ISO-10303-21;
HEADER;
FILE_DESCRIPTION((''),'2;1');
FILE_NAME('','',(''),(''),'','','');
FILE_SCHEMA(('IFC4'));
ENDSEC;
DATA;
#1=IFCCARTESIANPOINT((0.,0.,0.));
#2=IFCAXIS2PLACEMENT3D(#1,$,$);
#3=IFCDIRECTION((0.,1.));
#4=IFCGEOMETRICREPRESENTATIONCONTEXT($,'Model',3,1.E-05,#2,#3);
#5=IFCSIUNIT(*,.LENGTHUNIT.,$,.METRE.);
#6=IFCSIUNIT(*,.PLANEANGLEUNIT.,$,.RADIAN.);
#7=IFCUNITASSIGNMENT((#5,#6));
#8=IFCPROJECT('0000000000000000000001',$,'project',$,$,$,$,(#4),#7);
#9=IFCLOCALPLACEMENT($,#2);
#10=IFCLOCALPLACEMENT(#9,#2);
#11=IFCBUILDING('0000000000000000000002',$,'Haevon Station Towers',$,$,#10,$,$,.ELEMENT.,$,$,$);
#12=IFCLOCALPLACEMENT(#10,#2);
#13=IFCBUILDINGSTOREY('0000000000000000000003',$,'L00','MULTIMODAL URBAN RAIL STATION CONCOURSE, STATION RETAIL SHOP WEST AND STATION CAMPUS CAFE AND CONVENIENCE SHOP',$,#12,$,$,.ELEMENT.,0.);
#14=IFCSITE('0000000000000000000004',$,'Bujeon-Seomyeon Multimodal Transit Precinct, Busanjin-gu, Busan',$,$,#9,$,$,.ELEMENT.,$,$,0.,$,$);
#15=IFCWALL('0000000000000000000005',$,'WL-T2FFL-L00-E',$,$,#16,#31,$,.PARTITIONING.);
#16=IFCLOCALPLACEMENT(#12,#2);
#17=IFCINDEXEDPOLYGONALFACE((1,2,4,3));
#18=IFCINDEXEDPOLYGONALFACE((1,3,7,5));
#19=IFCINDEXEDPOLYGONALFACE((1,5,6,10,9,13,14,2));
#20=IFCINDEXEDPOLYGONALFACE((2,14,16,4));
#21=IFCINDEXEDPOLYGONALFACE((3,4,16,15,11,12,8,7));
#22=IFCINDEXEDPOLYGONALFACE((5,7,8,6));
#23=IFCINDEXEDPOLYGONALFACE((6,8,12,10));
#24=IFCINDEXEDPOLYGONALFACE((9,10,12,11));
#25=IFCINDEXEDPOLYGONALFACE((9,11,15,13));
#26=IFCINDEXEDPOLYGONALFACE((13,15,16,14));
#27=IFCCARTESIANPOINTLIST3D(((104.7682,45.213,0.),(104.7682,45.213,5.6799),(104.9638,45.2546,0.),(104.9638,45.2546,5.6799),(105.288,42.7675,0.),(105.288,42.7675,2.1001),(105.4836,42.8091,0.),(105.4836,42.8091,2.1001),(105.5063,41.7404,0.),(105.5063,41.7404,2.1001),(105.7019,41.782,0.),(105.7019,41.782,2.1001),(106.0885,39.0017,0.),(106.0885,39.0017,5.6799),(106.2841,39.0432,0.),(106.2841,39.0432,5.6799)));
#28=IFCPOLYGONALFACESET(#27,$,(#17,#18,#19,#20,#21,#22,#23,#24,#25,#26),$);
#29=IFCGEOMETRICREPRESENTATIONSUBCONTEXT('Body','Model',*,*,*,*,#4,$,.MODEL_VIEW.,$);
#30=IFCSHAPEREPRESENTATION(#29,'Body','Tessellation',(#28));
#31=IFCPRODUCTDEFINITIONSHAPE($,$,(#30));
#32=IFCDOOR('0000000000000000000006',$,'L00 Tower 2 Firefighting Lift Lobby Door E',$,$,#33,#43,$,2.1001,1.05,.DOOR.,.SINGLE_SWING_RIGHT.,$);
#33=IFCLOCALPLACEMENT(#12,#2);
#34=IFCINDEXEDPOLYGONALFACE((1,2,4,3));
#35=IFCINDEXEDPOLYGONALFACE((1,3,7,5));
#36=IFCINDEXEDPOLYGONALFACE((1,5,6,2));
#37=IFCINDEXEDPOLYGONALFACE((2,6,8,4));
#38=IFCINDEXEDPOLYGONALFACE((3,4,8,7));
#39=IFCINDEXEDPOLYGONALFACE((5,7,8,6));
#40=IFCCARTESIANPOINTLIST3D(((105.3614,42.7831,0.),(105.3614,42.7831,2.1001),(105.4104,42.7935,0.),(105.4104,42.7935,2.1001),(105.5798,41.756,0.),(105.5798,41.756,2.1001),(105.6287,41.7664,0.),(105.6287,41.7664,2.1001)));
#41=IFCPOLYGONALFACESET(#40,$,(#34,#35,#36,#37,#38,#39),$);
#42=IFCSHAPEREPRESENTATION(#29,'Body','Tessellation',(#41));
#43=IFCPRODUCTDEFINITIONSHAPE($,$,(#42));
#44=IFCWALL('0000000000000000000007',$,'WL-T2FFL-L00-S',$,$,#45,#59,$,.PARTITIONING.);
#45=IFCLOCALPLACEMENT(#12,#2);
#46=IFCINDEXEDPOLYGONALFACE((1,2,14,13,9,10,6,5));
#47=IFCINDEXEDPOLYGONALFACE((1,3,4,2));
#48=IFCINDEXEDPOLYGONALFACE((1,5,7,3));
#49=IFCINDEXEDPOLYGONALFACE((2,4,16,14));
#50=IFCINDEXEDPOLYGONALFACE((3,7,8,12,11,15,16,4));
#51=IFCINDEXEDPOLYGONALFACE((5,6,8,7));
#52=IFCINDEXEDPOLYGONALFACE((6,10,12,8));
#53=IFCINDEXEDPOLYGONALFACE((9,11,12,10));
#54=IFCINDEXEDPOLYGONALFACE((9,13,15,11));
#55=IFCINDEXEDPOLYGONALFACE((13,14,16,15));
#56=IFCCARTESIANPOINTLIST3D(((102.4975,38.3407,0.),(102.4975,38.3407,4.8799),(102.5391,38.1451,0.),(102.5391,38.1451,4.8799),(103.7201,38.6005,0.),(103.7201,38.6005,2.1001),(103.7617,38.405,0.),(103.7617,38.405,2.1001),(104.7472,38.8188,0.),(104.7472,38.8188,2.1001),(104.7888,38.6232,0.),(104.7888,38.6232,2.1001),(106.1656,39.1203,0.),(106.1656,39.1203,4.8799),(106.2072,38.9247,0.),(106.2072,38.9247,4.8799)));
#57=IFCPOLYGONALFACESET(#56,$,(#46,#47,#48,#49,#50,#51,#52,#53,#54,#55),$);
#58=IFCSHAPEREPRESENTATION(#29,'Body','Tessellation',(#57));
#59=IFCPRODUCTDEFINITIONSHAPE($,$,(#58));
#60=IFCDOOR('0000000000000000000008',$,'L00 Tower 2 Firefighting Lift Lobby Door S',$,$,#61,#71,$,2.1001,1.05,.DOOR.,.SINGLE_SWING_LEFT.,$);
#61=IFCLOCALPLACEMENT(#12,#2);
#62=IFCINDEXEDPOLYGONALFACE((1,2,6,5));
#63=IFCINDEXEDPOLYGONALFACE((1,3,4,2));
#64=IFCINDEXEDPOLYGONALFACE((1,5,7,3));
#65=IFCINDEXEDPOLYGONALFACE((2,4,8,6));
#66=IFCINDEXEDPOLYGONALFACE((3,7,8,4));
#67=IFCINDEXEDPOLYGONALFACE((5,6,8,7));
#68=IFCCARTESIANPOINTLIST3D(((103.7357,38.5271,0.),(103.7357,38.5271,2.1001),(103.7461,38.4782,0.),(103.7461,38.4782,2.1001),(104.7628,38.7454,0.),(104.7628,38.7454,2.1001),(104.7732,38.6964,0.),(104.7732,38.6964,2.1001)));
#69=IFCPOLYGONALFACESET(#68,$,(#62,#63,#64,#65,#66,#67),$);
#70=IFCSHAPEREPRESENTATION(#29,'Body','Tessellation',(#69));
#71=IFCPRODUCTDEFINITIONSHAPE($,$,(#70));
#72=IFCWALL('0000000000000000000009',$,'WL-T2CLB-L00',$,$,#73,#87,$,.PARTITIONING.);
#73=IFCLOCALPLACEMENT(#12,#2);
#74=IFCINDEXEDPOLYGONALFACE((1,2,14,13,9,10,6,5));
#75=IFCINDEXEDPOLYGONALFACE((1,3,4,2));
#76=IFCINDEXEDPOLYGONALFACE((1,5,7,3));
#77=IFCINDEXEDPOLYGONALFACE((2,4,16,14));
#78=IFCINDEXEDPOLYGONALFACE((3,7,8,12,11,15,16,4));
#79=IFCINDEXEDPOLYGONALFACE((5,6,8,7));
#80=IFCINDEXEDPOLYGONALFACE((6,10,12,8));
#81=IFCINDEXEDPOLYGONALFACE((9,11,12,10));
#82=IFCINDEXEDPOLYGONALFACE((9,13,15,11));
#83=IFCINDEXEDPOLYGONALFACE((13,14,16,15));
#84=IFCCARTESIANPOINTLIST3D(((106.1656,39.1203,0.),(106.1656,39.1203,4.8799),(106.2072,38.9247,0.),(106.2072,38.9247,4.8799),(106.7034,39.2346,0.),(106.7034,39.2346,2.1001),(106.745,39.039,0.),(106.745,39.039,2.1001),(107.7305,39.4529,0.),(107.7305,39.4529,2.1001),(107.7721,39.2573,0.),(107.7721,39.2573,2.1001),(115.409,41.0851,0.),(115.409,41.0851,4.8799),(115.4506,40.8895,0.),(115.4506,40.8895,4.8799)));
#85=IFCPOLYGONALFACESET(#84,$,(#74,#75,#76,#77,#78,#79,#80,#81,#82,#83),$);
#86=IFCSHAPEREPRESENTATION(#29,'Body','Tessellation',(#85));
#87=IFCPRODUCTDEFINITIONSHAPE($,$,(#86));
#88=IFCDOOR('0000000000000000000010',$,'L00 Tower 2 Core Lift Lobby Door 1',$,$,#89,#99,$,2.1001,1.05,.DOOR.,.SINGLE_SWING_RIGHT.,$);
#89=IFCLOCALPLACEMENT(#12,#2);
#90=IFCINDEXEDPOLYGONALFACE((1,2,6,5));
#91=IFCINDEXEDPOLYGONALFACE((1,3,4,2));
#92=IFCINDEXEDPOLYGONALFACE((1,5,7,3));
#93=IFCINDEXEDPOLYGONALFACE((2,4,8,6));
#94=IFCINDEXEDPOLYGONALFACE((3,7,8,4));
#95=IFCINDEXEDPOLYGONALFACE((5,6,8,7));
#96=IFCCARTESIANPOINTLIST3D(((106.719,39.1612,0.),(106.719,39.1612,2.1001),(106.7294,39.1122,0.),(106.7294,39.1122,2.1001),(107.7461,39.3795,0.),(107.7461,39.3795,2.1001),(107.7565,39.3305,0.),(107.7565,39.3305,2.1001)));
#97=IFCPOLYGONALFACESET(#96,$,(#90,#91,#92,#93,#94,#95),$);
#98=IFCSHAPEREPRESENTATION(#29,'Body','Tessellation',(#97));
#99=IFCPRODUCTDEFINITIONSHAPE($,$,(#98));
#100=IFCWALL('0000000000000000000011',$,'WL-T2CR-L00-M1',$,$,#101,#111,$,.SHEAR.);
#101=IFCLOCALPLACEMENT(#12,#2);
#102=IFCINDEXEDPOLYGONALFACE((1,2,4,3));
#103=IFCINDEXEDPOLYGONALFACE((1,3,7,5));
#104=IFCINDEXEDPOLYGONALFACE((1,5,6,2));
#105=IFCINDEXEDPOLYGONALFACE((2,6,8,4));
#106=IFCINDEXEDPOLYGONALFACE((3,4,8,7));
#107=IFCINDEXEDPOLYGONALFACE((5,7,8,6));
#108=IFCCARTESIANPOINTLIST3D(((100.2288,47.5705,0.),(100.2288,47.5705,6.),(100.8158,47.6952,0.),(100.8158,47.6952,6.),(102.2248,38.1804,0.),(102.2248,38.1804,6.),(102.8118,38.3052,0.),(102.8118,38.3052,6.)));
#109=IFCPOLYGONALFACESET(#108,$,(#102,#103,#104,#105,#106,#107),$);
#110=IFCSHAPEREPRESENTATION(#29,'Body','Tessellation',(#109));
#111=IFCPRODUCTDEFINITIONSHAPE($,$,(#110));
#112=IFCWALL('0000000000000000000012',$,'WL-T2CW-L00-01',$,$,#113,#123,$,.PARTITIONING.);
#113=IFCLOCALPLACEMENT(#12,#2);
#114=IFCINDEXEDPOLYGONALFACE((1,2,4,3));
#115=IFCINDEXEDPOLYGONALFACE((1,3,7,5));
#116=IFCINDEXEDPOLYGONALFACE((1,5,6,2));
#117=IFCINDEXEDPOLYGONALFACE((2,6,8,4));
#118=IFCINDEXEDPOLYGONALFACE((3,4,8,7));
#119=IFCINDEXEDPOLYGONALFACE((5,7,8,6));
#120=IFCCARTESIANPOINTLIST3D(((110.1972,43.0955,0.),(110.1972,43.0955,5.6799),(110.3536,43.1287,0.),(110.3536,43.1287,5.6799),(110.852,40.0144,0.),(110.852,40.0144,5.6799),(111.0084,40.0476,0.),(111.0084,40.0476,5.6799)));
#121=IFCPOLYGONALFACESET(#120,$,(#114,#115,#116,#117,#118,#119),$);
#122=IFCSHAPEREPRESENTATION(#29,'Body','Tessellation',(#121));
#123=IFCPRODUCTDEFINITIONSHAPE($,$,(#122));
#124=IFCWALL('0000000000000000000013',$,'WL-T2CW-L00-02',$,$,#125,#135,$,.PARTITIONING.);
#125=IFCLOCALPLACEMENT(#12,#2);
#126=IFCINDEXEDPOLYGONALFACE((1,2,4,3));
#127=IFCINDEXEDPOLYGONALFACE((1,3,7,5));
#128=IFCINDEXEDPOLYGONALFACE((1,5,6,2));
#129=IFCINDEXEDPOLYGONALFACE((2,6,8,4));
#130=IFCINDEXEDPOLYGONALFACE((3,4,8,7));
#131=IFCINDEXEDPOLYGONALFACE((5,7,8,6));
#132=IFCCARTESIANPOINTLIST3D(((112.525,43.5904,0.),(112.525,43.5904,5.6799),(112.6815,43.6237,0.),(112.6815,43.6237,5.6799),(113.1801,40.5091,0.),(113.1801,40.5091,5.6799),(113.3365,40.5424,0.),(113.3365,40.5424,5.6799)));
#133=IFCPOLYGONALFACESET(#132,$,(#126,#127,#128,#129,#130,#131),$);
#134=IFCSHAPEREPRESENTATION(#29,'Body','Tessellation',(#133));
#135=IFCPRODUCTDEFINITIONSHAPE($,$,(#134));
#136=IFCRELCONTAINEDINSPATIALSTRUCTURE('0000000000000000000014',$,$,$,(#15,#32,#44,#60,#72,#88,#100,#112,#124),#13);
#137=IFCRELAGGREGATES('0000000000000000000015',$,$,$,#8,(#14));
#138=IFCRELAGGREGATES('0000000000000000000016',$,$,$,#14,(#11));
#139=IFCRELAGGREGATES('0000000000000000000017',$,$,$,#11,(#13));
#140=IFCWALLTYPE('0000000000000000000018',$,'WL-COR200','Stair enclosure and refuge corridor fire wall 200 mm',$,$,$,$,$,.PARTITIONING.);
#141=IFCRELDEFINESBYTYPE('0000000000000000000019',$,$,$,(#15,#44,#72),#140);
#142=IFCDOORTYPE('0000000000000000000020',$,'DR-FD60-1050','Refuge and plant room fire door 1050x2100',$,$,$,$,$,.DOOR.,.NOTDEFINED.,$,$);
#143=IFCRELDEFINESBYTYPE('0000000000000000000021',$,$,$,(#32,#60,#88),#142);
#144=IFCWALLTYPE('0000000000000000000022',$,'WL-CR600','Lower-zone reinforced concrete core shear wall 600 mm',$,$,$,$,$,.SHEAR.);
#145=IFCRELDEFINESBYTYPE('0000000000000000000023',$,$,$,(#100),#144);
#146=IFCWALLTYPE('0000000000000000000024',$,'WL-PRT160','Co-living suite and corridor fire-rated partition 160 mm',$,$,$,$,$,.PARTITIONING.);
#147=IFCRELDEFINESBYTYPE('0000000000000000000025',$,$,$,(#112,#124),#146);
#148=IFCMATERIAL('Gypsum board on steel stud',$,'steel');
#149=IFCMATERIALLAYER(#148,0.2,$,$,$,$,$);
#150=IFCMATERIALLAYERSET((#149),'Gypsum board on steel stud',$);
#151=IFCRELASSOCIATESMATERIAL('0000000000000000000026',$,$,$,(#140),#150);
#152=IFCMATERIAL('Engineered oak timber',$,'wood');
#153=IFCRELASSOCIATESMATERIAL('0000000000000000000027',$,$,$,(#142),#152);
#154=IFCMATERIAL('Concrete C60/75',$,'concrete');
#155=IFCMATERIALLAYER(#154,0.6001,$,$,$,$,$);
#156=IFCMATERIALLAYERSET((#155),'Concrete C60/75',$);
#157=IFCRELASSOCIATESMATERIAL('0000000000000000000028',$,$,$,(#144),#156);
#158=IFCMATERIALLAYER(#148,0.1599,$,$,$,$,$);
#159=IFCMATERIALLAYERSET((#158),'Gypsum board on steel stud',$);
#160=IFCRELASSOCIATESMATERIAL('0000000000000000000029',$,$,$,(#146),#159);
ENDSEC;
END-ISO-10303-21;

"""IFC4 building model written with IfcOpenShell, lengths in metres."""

from ifc_helpers import new_model, si_unit, direction, frame, frame_2d, origin, place, context, subcontext, project, spatial, rectangle, extrude, material, layer, layer_set, type_object, element, fill, save


model = new_model("IFC4")

# Units and contexts
model_context = context("Model", 3, precision=1e-05, world=origin(), true_north=direction((0.0, 1.0)))
body_context = subcontext(model_context, "Body", "Model", "MODEL_VIEW")
ifc_project = project(units=[si_unit("LENGTHUNIT", "METRE"), si_unit("PLANEANGLEUNIT", "RADIAN")], contexts=[model_context])

# Site, building, storey
site_placement = place(None, origin())
site = spatial("IfcSite", under=ifc_project, at=site_placement, Name="Bujeon-Seomyeon Multimodal Transit Precinct, Busanjin-gu, Busan", CompositionType="ELEMENT", RefElevation=0.0)
building_placement = place(site_placement, origin())
building = spatial("IfcBuilding", under=site, at=building_placement, Name="Haevon Station Towers", CompositionType="ELEMENT")
storey_placement = place(building_placement, origin())
storey = spatial("IfcBuildingStorey", under=building, at=storey_placement, Name="L00", Description="MULTIMODAL URBAN RAIL STATION CONCOURSE, STATION RETAIL SHOP WEST AND STATION CAMPUS CAFE AND CONVENIENCE SHOP", CompositionType="ELEMENT", Elevation=0.0)

# Walls, openings, doors
ifc_material_1 = material(Name="Gypsum board on steel stud", Category="steel")
ifc_layer_1 = layer(ifc_material_1, 0.2)
ifc_layer_set_1 = layer_set([ifc_layer_1], Name="Gypsum board on steel stud")
wall_type_1 = type_object("IfcWallType", Name="WL-COR200", Description="Stair enclosure and refuge corridor fire wall 200 mm", PredefinedType="PARTITIONING", material=ifc_layer_set_1)
ifc_material_2 = material(Name="Engineered oak timber", Category="wood")
wall_1_placement = place(storey_placement, frame((106.1863, 39.0225, 0.0), z_axis=(0.0, 0.0, 1.0), x_axis=(-0.207917, 0.978147, 0.0)))
wall_1 = element("IfcWall", 1, at=wall_1_placement, inside=storey, type_object=wall_type_1, Name="WL-T2FFL-L00-E", PredefinedType="PARTITIONING", context=body_context, shape_type="SweptSolid", body=[
    extrude(rectangle(XDim=6.3501, YDim=0.2, at=frame_2d((3.175, 0.0))), origin(), (0.0, 0.0, 1.0), 5.6799),
])
opening_1_placement = place(wall_1_placement, frame((2.8, 0.0, 0.0)))
opening_1 = element("IfcOpeningElement", 2, at=opening_1_placement, cuts=wall_1, PredefinedType="OPENING", context=body_context, shape_type="SweptSolid", body=[
    extrude(rectangle(XDim=1.05, YDim=2.1001, at=frame_2d((0.5249, 1.05))), frame((0.0, 0.1099, 0.0), z_axis=(0.0, -1.0, 0.0), x_axis=(1.0, 0.0, 0.0)), (0.0, 0.0, 1.0), 0.22),
])
door_type_1 = type_object("IfcDoorType", Name="DR-FD60-1050", Description="Refuge and plant room fire door 1050x2100", OperationType="NOTDEFINED", PredefinedType="DOOR", material=ifc_material_2)
door_1_placement = place(opening_1_placement, origin())
door_1 = element("IfcDoor", 3, at=door_1_placement, inside=storey, type_object=door_type_1, Name="L00 Tower 2 Firefighting Lift Lobby Door E", OperationType="SINGLE_SWING_RIGHT", OverallHeight=2.1001, OverallWidth=1.05, PredefinedType="DOOR", context=body_context, shape_type="SweptSolid", body=[
    extrude(rectangle(XDim=1.05, YDim=2.1001, at=frame_2d((0.5249, 1.05))), frame((0.0, 0.0249, 0.0), z_axis=(0.0, -1.0, 0.0), x_axis=(1.0, 0.0, 0.0)), (0.0, 0.0, 1.0), 0.05),
])
fill(opening_1, door_1)
wall_2_placement = place(storey_placement, frame((102.5183, 38.2429, 0.0), z_axis=(0.0, 0.0, 1.0), x_axis=(0.978154, 0.207884, 0.0)))
wall_2 = element("IfcWall", 4, at=wall_2_placement, inside=storey, type_object=wall_type_1, Name="WL-T2FFL-L00-S", PredefinedType="PARTITIONING", context=body_context, shape_type="SweptSolid", body=[
    extrude(rectangle(XDim=3.75, YDim=0.2, at=frame_2d((1.875, 0.0))), origin(), (0.0, 0.0, 1.0), 4.8799),
])
opening_2_placement = place(wall_2_placement, frame((1.25, 0.0, 0.0)))
opening_2 = element("IfcOpeningElement", 5, at=opening_2_placement, cuts=wall_2, PredefinedType="OPENING", context=body_context, shape_type="SweptSolid", body=[
    extrude(rectangle(XDim=1.05, YDim=2.1001, at=frame_2d((0.5249, 1.05))), frame((0.0, 0.1099, 0.0), z_axis=(0.0, -1.0, 0.0), x_axis=(1.0, 0.0, 0.0)), (0.0, 0.0, 1.0), 0.22),
])
door_2_placement = place(opening_2_placement, origin())
door_2 = element("IfcDoor", 6, at=door_2_placement, inside=storey, type_object=door_type_1, Name="L00 Tower 2 Firefighting Lift Lobby Door S", OperationType="SINGLE_SWING_LEFT", OverallHeight=2.1001, OverallWidth=1.05, PredefinedType="DOOR", context=body_context, shape_type="SweptSolid", body=[
    extrude(rectangle(XDim=1.05, YDim=2.1001, at=frame_2d((0.5249, 1.05))), frame((0.0, 0.0249, 0.0), z_axis=(0.0, -1.0, 0.0), x_axis=(1.0, 0.0, 0.0)), (0.0, 0.0, 1.0), 0.05),
])
fill(opening_2, door_2)
wall_3_placement = place(storey_placement, frame((106.1863, 39.0225, 0.0), z_axis=(0.0, 0.0, 1.0), x_axis=(0.978146, 0.207921, 0.0)))
wall_3 = element("IfcWall", 7, at=wall_3_placement, inside=storey, type_object=wall_type_1, Name="WL-T2CLB-L00", PredefinedType="PARTITIONING", context=body_context, shape_type="SweptSolid", body=[
    extrude(rectangle(XDim=9.45, YDim=0.2, at=frame_2d((4.7251, 0.0))), origin(), (0.0, 0.0, 1.0), 4.8799),
])
opening_3_placement = place(wall_3_placement, frame((0.55, 0.0, 0.0)))
opening_3 = element("IfcOpeningElement", 8, at=opening_3_placement, cuts=wall_3, PredefinedType="OPENING", context=body_context, shape_type="SweptSolid", body=[
    extrude(rectangle(XDim=1.05, YDim=2.1001, at=frame_2d((0.5249, 1.05))), frame((0.0, 0.1099, 0.0), z_axis=(0.0, -1.0, 0.0), x_axis=(1.0, 0.0, 0.0)), (0.0, 0.0, 1.0), 0.22),
])
door_3_placement = place(opening_3_placement, origin())
door_3 = element("IfcDoor", 9, at=door_3_placement, inside=storey, type_object=door_type_1, Name="L00 Tower 2 Core Lift Lobby Door 1", OperationType="SINGLE_SWING_RIGHT", OverallHeight=2.1001, OverallWidth=1.05, PredefinedType="DOOR", context=body_context, shape_type="SweptSolid", body=[
    extrude(rectangle(XDim=1.05, YDim=2.1001, at=frame_2d((0.5249, 1.05))), frame((0.0, 0.0249, 0.0), z_axis=(0.0, -1.0, 0.0), x_axis=(1.0, 0.0, 0.0)), (0.0, 0.0, 1.0), 0.05),
])
fill(opening_3, door_3)

# Walls
ifc_material_3 = material(Name="Concrete C60/75", Category="concrete")
ifc_layer_2 = layer(ifc_material_3, 0.6001)
ifc_layer_set_2 = layer_set([ifc_layer_2], Name="Concrete C60/75")
wall_type_2 = type_object("IfcWallType", Name="WL-CR600", Description="Lower-zone reinforced concrete core shear wall 600 mm", PredefinedType="SHEAR", material=ifc_layer_set_2)
wall_4_placement = place(storey_placement, frame((102.5183, 38.2429, 0.0), z_axis=(0.0, 0.0, 1.0), x_axis=(-0.207927, 0.978144, 0.0)))
element("IfcWall", 10, at=wall_4_placement, inside=storey, type_object=wall_type_2, Name="WL-T2CR-L00-M1", PredefinedType="SHEAR", context=body_context, shape_type="SweptSolid", body=[
    extrude(rectangle(XDim=9.5999, YDim=0.6001, at=frame_2d((4.7998, 0.0))), origin(), (0.0, 0.0, 1.0), 6.0),
])
ifc_layer_3 = layer(ifc_material_1, 0.1599)
ifc_layer_set_3 = layer_set([ifc_layer_3], Name="Gypsum board on steel stud")
wall_type_3 = type_object("IfcWallType", Name="WL-PRT160", Description="Co-living suite and corridor fire-rated partition 160 mm", PredefinedType="PARTITIONING", material=ifc_layer_set_3)
wall_5_placement = place(storey_placement, frame((110.9302, 40.031, 0.0), z_axis=(0.0, 0.0, 1.0), x_axis=(-0.207877, 0.978155, 0.0)))
element("IfcWall", 11, at=wall_5_placement, inside=storey, type_object=wall_type_3, Name="WL-T2CW-L00-01", PredefinedType="PARTITIONING", context=body_context, shape_type="SweptSolid", body=[
    extrude(rectangle(XDim=3.1499, YDim=0.1599, at=frame_2d((1.575, 0.0))), origin(), (0.0, 0.0, 1.0), 5.6799),
])
wall_6_placement = place(storey_placement, frame((113.2583, 40.5256, 0.0), z_axis=(0.0, 0.0, 1.0), x_axis=(-0.207936, 0.978142, 0.0)))
element("IfcWall", 12, at=wall_6_placement, inside=storey, type_object=wall_type_3, Name="WL-T2CW-L00-02", PredefinedType="PARTITIONING", context=body_context, shape_type="SweptSolid", body=[
    extrude(rectangle(XDim=3.1501, YDim=0.1599, at=frame_2d((1.5752, 0.0))), origin(), (0.0, 0.0, 1.0), 5.6799),
])

save(model, "model.ifc")
